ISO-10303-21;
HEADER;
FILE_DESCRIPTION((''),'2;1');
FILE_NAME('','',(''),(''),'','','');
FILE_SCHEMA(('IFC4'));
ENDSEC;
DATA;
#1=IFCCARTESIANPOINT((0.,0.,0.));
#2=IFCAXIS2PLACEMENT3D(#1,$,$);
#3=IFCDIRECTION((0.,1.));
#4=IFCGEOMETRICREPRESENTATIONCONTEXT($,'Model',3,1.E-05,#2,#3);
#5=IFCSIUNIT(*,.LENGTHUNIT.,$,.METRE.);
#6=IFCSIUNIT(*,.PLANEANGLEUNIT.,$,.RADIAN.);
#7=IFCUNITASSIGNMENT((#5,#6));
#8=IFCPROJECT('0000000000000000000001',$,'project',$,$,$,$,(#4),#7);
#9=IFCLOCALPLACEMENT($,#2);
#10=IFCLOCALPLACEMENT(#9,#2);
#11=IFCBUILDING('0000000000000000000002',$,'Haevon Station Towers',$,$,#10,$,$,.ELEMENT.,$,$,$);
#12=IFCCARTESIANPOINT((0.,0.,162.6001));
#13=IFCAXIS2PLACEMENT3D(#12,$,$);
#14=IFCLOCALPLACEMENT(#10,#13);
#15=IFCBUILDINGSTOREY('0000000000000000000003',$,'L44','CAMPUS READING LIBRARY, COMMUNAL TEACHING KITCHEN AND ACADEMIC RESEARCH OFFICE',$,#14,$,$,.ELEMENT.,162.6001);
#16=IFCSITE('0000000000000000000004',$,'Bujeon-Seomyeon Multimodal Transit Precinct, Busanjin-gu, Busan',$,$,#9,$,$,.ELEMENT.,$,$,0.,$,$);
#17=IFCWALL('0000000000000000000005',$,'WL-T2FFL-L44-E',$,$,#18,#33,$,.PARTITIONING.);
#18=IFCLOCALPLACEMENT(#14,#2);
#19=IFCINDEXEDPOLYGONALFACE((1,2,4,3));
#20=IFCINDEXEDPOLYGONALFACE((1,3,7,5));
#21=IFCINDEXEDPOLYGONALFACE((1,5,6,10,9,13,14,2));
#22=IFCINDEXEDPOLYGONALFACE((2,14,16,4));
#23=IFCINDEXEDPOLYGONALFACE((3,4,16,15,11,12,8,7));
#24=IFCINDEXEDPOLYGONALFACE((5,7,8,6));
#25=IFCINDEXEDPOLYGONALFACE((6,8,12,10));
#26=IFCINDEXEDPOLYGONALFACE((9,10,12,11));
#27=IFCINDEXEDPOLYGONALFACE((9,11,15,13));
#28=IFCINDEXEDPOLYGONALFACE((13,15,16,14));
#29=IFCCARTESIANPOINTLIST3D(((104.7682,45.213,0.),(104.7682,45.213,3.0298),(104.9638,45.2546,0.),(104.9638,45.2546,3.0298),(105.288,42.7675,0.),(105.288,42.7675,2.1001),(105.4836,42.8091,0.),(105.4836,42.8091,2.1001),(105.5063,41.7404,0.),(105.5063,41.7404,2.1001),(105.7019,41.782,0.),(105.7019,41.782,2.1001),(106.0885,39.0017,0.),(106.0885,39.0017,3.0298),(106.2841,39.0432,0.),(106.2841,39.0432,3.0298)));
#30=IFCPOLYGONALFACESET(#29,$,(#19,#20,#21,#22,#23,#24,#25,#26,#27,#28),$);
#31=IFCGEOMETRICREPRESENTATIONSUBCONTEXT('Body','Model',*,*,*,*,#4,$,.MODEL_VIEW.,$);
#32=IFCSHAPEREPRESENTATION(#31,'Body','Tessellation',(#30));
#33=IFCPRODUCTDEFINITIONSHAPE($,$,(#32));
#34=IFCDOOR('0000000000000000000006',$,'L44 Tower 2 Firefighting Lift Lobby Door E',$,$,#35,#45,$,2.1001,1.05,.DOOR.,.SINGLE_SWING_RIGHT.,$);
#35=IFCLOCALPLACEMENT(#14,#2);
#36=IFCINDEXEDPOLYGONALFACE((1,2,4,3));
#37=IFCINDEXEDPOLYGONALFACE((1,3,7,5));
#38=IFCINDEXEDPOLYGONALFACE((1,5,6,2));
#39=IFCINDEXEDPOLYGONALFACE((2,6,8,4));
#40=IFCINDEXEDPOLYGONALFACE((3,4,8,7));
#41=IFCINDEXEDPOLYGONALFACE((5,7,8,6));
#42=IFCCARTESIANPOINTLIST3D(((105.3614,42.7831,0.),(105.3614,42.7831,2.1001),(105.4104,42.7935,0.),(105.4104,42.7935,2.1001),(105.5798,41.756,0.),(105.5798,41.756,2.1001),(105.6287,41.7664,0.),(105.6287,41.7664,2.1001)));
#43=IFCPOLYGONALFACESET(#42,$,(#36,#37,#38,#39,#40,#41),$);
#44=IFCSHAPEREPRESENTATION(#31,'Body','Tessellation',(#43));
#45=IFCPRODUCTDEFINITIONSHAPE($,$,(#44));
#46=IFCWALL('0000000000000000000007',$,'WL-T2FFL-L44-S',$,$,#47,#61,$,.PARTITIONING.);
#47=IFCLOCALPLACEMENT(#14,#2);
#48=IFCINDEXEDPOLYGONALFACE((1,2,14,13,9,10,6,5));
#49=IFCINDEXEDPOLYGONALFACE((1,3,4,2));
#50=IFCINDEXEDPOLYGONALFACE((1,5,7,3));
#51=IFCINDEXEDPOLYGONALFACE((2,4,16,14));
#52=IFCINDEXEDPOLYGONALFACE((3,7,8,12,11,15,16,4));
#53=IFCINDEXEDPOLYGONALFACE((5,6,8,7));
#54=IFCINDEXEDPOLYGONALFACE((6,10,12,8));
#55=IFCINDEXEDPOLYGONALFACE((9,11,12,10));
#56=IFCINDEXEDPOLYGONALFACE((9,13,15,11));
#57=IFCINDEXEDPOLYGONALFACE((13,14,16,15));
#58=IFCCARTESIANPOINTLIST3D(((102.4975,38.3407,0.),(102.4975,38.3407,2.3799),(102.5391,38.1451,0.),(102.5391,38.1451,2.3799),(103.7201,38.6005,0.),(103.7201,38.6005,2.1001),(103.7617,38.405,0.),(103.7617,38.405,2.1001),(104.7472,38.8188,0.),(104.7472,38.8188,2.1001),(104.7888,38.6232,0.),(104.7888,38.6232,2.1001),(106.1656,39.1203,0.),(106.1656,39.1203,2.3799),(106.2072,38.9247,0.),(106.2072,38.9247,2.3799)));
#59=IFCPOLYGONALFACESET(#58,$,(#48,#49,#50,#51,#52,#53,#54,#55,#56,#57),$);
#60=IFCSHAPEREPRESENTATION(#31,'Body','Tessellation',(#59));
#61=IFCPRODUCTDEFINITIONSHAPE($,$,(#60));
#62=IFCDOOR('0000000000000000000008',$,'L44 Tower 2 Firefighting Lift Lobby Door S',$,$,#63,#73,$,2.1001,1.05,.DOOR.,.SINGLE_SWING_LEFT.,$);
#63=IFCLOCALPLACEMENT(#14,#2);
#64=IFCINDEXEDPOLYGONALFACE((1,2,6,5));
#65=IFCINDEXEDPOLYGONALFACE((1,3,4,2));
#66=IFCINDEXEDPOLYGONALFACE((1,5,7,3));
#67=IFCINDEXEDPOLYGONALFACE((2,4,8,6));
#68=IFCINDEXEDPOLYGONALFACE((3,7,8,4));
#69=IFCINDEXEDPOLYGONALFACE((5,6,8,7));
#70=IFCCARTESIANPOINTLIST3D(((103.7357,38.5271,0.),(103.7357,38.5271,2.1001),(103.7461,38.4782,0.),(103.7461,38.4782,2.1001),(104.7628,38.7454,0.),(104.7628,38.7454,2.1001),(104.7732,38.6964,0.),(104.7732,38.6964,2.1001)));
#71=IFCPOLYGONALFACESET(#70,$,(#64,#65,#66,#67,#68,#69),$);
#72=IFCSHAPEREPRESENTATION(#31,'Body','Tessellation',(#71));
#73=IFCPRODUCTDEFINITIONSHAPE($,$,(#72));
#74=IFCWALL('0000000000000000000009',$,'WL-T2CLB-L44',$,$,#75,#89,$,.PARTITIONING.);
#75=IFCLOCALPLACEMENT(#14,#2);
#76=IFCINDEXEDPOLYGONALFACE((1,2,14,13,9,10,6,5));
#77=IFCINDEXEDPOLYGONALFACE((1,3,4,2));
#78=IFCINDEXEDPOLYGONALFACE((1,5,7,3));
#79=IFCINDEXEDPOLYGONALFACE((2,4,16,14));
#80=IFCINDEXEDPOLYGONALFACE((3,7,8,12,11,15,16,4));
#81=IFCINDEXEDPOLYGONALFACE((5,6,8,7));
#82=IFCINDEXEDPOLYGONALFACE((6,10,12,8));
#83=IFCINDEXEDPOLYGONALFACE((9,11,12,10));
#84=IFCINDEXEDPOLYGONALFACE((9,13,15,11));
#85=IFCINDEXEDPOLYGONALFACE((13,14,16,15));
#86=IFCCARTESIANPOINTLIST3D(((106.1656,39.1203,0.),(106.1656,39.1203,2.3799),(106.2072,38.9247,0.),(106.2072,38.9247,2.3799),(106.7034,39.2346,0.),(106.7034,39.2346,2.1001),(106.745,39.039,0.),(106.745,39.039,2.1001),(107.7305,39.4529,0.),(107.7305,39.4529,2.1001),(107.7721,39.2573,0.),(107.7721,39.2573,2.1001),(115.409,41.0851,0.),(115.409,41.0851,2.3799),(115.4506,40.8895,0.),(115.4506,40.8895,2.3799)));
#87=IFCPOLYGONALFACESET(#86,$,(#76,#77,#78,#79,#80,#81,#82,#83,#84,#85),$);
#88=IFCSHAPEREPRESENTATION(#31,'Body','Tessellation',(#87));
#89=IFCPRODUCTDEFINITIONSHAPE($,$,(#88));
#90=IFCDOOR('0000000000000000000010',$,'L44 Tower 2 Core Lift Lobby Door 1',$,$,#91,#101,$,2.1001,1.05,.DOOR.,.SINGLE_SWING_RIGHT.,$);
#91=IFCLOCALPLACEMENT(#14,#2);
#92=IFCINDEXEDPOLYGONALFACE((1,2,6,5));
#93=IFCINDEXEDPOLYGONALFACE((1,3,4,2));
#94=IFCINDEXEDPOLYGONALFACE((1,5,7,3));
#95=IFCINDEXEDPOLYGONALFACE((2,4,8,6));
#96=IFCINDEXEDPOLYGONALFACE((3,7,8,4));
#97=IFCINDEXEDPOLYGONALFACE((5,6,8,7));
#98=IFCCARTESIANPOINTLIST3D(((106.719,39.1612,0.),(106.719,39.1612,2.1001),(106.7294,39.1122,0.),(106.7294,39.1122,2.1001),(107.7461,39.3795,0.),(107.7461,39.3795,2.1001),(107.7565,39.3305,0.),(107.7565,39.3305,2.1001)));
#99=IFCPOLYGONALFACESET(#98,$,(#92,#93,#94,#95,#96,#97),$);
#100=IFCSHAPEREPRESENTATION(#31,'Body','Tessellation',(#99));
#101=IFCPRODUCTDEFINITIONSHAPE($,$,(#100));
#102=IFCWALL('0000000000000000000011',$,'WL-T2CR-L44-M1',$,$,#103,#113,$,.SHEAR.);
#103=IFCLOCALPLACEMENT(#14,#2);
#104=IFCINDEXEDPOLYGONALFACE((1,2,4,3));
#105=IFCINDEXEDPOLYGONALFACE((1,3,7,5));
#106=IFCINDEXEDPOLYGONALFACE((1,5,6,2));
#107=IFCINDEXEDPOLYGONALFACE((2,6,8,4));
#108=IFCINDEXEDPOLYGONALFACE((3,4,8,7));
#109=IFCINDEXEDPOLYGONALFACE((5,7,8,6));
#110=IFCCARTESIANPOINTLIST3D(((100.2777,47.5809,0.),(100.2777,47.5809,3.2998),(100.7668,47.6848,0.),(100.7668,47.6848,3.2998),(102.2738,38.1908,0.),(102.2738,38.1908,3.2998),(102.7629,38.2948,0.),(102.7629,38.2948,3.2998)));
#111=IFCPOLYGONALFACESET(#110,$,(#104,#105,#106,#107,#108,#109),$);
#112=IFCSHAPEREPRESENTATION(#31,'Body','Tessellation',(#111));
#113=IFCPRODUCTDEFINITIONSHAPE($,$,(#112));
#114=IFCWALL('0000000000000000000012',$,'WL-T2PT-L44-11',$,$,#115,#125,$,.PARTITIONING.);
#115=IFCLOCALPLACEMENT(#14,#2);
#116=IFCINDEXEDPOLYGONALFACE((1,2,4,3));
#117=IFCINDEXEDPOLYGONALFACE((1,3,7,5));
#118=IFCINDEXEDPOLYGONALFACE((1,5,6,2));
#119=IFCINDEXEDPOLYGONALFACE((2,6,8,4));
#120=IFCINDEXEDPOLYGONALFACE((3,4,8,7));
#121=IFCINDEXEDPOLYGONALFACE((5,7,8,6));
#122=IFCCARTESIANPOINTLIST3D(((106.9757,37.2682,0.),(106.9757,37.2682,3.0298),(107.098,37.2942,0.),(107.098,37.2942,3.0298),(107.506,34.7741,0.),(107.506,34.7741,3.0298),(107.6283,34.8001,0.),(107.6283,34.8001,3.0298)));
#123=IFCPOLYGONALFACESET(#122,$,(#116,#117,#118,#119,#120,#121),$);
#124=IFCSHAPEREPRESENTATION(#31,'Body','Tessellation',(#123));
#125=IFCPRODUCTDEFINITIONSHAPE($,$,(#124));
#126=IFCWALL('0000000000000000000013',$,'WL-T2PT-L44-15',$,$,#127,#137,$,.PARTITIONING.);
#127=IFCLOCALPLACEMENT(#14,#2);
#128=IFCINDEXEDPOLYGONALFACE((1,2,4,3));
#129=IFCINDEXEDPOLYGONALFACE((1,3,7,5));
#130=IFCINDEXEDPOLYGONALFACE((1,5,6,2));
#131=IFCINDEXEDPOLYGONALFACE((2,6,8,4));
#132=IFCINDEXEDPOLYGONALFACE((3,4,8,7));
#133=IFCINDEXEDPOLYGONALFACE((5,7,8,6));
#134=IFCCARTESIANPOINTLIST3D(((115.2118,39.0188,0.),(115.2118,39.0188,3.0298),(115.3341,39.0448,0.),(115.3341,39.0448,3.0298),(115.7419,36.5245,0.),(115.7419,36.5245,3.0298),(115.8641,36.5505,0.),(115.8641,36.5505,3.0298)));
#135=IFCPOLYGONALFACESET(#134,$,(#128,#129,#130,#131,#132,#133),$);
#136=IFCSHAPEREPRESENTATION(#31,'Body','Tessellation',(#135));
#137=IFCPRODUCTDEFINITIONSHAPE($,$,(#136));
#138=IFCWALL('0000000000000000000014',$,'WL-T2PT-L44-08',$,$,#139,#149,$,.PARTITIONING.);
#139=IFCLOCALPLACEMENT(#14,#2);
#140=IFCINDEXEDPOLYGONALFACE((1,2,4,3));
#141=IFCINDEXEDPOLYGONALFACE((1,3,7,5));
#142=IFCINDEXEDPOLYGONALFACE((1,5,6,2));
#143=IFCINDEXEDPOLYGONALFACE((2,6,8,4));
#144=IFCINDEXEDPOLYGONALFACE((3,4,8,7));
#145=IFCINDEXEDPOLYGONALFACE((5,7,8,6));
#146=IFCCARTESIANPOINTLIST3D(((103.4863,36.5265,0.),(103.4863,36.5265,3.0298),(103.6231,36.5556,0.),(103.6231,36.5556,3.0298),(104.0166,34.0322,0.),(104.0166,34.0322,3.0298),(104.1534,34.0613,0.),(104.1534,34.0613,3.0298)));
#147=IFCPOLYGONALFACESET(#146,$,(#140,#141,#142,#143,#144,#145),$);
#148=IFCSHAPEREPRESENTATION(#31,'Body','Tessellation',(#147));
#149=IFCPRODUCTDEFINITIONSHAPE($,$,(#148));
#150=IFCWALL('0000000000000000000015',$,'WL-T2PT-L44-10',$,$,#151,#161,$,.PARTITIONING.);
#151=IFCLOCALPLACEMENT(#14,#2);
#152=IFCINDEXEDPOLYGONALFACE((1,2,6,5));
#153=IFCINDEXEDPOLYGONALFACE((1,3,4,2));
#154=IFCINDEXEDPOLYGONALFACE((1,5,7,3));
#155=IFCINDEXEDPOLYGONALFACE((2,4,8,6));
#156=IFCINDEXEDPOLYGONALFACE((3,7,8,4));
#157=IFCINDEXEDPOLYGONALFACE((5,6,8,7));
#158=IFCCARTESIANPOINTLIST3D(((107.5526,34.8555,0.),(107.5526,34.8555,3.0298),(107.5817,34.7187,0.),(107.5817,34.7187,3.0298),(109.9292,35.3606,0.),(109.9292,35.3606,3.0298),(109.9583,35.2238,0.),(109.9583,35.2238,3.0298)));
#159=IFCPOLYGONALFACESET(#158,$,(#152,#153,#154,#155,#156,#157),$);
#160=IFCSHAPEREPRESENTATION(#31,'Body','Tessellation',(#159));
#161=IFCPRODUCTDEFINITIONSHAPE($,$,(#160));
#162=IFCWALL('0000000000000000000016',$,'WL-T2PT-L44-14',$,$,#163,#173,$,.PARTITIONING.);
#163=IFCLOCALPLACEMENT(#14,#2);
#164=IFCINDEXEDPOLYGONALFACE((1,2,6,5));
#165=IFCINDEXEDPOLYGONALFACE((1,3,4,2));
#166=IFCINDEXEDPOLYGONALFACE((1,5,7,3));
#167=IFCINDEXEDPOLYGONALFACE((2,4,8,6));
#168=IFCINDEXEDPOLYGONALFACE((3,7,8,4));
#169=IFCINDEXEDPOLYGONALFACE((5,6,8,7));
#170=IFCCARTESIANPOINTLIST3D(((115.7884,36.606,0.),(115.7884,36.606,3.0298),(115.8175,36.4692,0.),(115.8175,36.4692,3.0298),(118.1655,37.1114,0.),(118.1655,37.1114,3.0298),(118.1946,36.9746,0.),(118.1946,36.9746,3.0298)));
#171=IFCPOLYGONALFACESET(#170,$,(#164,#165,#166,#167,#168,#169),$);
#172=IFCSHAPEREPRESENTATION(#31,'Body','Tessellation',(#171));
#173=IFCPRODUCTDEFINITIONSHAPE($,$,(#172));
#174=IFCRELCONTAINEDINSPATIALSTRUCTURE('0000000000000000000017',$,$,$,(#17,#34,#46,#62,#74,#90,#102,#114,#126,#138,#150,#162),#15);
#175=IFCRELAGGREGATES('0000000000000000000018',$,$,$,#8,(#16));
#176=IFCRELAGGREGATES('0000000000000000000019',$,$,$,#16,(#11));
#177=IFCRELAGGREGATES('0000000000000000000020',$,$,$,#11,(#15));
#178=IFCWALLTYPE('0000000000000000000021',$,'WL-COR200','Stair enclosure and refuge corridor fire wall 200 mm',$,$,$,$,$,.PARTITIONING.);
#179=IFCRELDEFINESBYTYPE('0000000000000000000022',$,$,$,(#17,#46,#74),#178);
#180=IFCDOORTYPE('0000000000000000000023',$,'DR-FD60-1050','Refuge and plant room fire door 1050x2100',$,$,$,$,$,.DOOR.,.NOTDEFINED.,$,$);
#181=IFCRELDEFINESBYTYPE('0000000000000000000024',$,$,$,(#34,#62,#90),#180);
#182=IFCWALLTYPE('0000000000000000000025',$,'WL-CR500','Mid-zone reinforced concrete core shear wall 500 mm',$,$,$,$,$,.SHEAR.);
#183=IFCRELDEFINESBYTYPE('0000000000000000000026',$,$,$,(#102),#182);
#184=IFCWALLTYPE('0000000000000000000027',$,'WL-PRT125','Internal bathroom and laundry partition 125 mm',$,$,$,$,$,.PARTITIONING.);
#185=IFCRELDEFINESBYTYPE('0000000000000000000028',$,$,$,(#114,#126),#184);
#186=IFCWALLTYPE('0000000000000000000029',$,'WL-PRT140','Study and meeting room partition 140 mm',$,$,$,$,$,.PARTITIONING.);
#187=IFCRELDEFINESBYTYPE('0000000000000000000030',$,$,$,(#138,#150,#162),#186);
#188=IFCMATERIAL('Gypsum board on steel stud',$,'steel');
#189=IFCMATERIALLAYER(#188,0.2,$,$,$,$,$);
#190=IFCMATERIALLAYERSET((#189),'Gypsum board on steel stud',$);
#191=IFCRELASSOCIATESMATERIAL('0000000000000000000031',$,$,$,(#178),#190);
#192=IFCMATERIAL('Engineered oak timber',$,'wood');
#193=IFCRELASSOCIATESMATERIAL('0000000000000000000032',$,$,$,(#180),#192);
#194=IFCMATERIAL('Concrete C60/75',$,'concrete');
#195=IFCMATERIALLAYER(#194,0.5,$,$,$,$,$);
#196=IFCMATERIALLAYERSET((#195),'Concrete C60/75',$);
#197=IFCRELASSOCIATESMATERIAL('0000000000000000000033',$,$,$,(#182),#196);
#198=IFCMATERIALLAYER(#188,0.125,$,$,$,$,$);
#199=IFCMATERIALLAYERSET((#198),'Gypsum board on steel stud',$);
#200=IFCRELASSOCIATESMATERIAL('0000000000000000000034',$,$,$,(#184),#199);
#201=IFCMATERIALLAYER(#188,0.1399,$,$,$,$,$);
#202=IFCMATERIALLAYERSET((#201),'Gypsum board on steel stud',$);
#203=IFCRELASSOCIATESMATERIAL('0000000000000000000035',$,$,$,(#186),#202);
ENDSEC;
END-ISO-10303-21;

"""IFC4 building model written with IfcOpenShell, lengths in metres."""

from ifc_helpers import new_model, si_unit, direction, frame, frame_2d, origin, place, context, subcontext, project, spatial, rectangle, extrude, material, layer, layer_set, type_object, element, fill, save


model = new_model("IFC4")

# Units and contexts
model_context = context("Model", 3, precision=1e-05, world=origin(), true_north=direction((0.0, 1.0)))
body_context = subcontext(model_context, "Body", "Model", "MODEL_VIEW")
ifc_project = project(units=[si_unit("LENGTHUNIT", "METRE"), si_unit("PLANEANGLEUNIT", "RADIAN")], contexts=[model_context])

# Site, building, storey
site_placement = place(None, origin())
site = spatial("IfcSite", under=ifc_project, at=site_placement, Name="Bujeon-Seomyeon Multimodal Transit Precinct, Busanjin-gu, Busan", CompositionType="ELEMENT", RefElevation=0.0)
building_placement = place(site_placement, origin())
building = spatial("IfcBuilding", under=site, at=building_placement, Name="Haevon Station Towers", CompositionType="ELEMENT")
storey_placement = place(building_placement, frame((0.0, 0.0, 162.6001)))
storey = spatial("IfcBuildingStorey", under=building, at=storey_placement, Name="L44", Description="CAMPUS READING LIBRARY, COMMUNAL TEACHING KITCHEN AND ACADEMIC RESEARCH OFFICE", CompositionType="ELEMENT", Elevation=162.6001)

# Walls, openings, doors
ifc_material_1 = material(Name="Gypsum board on steel stud", Category="steel")
ifc_layer_1 = layer(ifc_material_1, 0.2)
ifc_layer_set_1 = layer_set([ifc_layer_1], Name="Gypsum board on steel stud")
wall_type_1 = type_object("IfcWallType", Name="WL-COR200", Description="Stair enclosure and refuge corridor fire wall 200 mm", PredefinedType="PARTITIONING", material=ifc_layer_set_1)
wall_1_placement = place(storey_placement, frame((106.1863, 39.0225, 0.0), z_axis=(0.0, 0.0, 1.0), x_axis=(-0.207917, 0.978147, 0.0)))
wall_1 = element("IfcWall", 1, at=wall_1_placement, inside=storey, type_object=wall_type_1, Name="WL-T2FFL-L44-E", PredefinedType="PARTITIONING", context=body_context, shape_type="SweptSolid", body=[
    extrude(rectangle(XDim=6.3501, YDim=0.2, at=frame_2d((3.175, 0.0))), origin(), (0.0, 0.0, 1.0), 3.0298),
])
opening_1_placement = place(wall_1_placement, frame((2.8, 0.0, 0.0)))
opening_1 = element("IfcOpeningElement", 2, at=opening_1_placement, cuts=wall_1, PredefinedType="OPENING", context=body_context, shape_type="SweptSolid", body=[
    extrude(rectangle(XDim=1.05, YDim=2.1001, at=frame_2d((0.5249, 1.05))), frame((0.0, 0.1099, 0.0), z_axis=(0.0, -1.0, 0.0), x_axis=(1.0, 0.0, 0.0)), (0.0, 0.0, 1.0), 0.22),
])
ifc_material_2 = material(Name="Engineered oak timber", Category="wood")
door_type = type_object("IfcDoorType", Name="DR-FD60-1050", Description="Refuge and plant room fire door 1050x2100", OperationType="NOTDEFINED", PredefinedType="DOOR", material=ifc_material_2)
door_1_placement = place(opening_1_placement, origin())
door_1 = element("IfcDoor", 3, at=door_1_placement, inside=storey, type_object=door_type, Name="L44 Tower 2 Firefighting Lift Lobby Door E", OperationType="SINGLE_SWING_RIGHT", OverallHeight=2.1001, OverallWidth=1.05, PredefinedType="DOOR", context=body_context, shape_type="SweptSolid", body=[
    extrude(rectangle(XDim=1.05, YDim=2.1001, at=frame_2d((0.5249, 1.05))), frame((0.0, 0.0249, 0.0), z_axis=(0.0, -1.0, 0.0), x_axis=(1.0, 0.0, 0.0)), (0.0, 0.0, 1.0), 0.05),
])
fill(opening_1, door_1)
wall_2_placement = place(storey_placement, frame((102.5183, 38.2429, 0.0), z_axis=(0.0, 0.0, 1.0), x_axis=(0.978154, 0.207884, 0.0)))
wall_2 = element("IfcWall", 4, at=wall_2_placement, inside=storey, type_object=wall_type_1, Name="WL-T2FFL-L44-S", PredefinedType="PARTITIONING", context=body_context, shape_type="SweptSolid", body=[
    extrude(rectangle(XDim=3.75, YDim=0.2, at=frame_2d((1.875, 0.0))), origin(), (0.0, 0.0, 1.0), 2.3799),
])
opening_2_placement = place(wall_2_placement, frame((1.25, 0.0, 0.0)))
opening_2 = element("IfcOpeningElement", 5, at=opening_2_placement, cuts=wall_2, PredefinedType="OPENING", context=body_context, shape_type="SweptSolid", body=[
    extrude(rectangle(XDim=1.05, YDim=2.1001, at=frame_2d((0.5249, 1.05))), frame((0.0, 0.1099, 0.0), z_axis=(0.0, -1.0, 0.0), x_axis=(1.0, 0.0, 0.0)), (0.0, 0.0, 1.0), 0.22),
])
door_2_placement = place(opening_2_placement, origin())
door_2 = element("IfcDoor", 6, at=door_2_placement, inside=storey, type_object=door_type, Name="L44 Tower 2 Firefighting Lift Lobby Door S", OperationType="SINGLE_SWING_LEFT", OverallHeight=2.1001, OverallWidth=1.05, PredefinedType="DOOR", context=body_context, shape_type="SweptSolid", body=[
    extrude(rectangle(XDim=1.05, YDim=2.1001, at=frame_2d((0.5249, 1.05))), frame((0.0, 0.0249, 0.0), z_axis=(0.0, -1.0, 0.0), x_axis=(1.0, 0.0, 0.0)), (0.0, 0.0, 1.0), 0.05),
])
fill(opening_2, door_2)
wall_3_placement = place(storey_placement, frame((106.1863, 39.0225, 0.0), z_axis=(0.0, 0.0, 1.0), x_axis=(0.978146, 0.207921, 0.0)))
wall_3 = element("IfcWall", 7, at=wall_3_placement, inside=storey, type_object=wall_type_1, Name="WL-T2CLB-L44", PredefinedType="PARTITIONING", context=body_context, shape_type="SweptSolid", body=[
    extrude(rectangle(XDim=9.45, YDim=0.2, at=frame_2d((4.7251, 0.0))), origin(), (0.0, 0.0, 1.0), 2.3799),
])
opening_3_placement = place(wall_3_placement, frame((0.55, 0.0, 0.0)))
opening_3 = element("IfcOpeningElement", 8, at=opening_3_placement, cuts=wall_3, PredefinedType="OPENING", context=body_context, shape_type="SweptSolid", body=[
    extrude(rectangle(XDim=1.05, YDim=2.1001, at=frame_2d((0.5249, 1.05))), frame((0.0, 0.1099, 0.0), z_axis=(0.0, -1.0, 0.0), x_axis=(1.0, 0.0, 0.0)), (0.0, 0.0, 1.0), 0.22),
])
door_3_placement = place(opening_3_placement, origin())
door_3 = element("IfcDoor", 9, at=door_3_placement, inside=storey, type_object=door_type, Name="L44 Tower 2 Core Lift Lobby Door 1", OperationType="SINGLE_SWING_RIGHT", OverallHeight=2.1001, OverallWidth=1.05, PredefinedType="DOOR", context=body_context, shape_type="SweptSolid", body=[
    extrude(rectangle(XDim=1.05, YDim=2.1001, at=frame_2d((0.5249, 1.05))), frame((0.0, 0.0249, 0.0), z_axis=(0.0, -1.0, 0.0), x_axis=(1.0, 0.0, 0.0)), (0.0, 0.0, 1.0), 0.05),
])
fill(opening_3, door_3)

# Walls
ifc_material_3 = material(Name="Concrete C60/75", Category="concrete")
ifc_layer_2 = layer(ifc_material_3, 0.5)
ifc_layer_set_2 = layer_set([ifc_layer_2], Name="Concrete C60/75")
wall_type_2 = type_object("IfcWallType", Name="WL-CR500", Description="Mid-zone reinforced concrete core shear wall 500 mm", PredefinedType="SHEAR", material=ifc_layer_set_2)
wall_4_placement = place(storey_placement, frame((102.5183, 38.2429, 0.0), z_axis=(0.0, 0.0, 1.0), x_axis=(-0.207927, 0.978144, 0.0)))
element("IfcWall", 10, at=wall_4_placement, inside=storey, type_object=wall_type_2, Name="WL-T2CR-L44-M1", PredefinedType="SHEAR", context=body_context, shape_type="SweptSolid", body=[
    extrude(rectangle(XDim=9.5999, YDim=0.5, at=frame_2d((4.7998, 0.0))), origin(), (0.0, 0.0, 1.0), 3.2998),
])
ifc_layer_3 = layer(ifc_material_1, 0.125)
ifc_layer_set_3 = layer_set([ifc_layer_3], Name="Gypsum board on steel stud")
wall_type_3 = type_object("IfcWallType", Name="WL-PRT125", Description="Internal bathroom and laundry partition 125 mm", PredefinedType="PARTITIONING", material=ifc_layer_set_3)
wall_5_placement = place(storey_placement, frame((107.5671, 34.7871, 0.0), z_axis=(0.0, 0.0, 1.0), x_axis=(-0.20796, 0.978137, 0.0)))
element("IfcWall", 11, at=wall_5_placement, inside=storey, type_object=wall_type_3, Name="WL-T2PT-L44-11", PredefinedType="PARTITIONING", context=body_context, shape_type="SweptSolid", body=[
    extrude(rectangle(XDim=2.5498, YDim=0.125, at=frame_2d((1.2749, 0.0))), origin(), (0.0, 0.0, 1.0), 3.0298),
])
wall_6_placement = place(storey_placement, frame((115.803, 36.5376, 0.0), z_axis=(0.0, 0.0, 1.0), x_axis=(-0.207848, 0.978161, 0.0)))
element("IfcWall", 12, at=wall_6_placement, inside=storey, type_object=wall_type_3, Name="WL-T2PT-L44-15", PredefinedType="PARTITIONING", context=body_context, shape_type="SweptSolid", body=[
    extrude(rectangle(XDim=2.55, YDim=0.125, at=frame_2d((1.2749, 0.0))), origin(), (0.0, 0.0, 1.0), 3.0298),
])
ifc_layer_4 = layer(ifc_material_1, 0.1399)
ifc_layer_set_4 = layer_set([ifc_layer_4], Name="Gypsum board on steel stud")
wall_type_4 = type_object("IfcWallType", Name="WL-PRT140", Description="Study and meeting room partition 140 mm", PredefinedType="PARTITIONING", material=ifc_layer_set_4)
wall_7_placement = place(storey_placement, frame((104.085, 34.0469, 0.0), z_axis=(0.0, 0.0, 1.0), x_axis=(-0.20794, 0.978142, 0.0)))
element("IfcWall", 13, at=wall_7_placement, inside=storey, type_object=wall_type_4, Name="WL-T2PT-L44-08", PredefinedType="PARTITIONING", context=body_context, shape_type="SweptSolid", body=[
    extrude(rectangle(XDim=2.55, YDim=0.1399, at=frame_2d((1.2749, 0.0))), origin(), (0.0, 0.0, 1.0), 3.0298),
])
wall_8_placement = place(storey_placement, frame((107.5671, 34.7871, 0.0), z_axis=(0.0, 0.0, 1.0), x_axis=(0.978152, 0.207889, 0.0)))
element("IfcWall", 14, at=wall_8_placement, inside=storey, type_object=wall_type_4, Name="WL-T2PT-L44-10", PredefinedType="PARTITIONING", context=body_context, shape_type="SweptSolid", body=[
    extrude(rectangle(XDim=2.4297, YDim=0.1399, at=frame_2d((1.2148, 0.0))), origin(), (0.0, 0.0, 1.0), 3.0298),
])
wall_9_placement = place(storey_placement, frame((115.803, 36.5376, 0.0), z_axis=(0.0, 0.0, 1.0), x_axis=(0.978136, 0.207964, 0.0)))
element("IfcWall", 15, at=wall_9_placement, inside=storey, type_object=wall_type_4, Name="WL-T2PT-L44-14", PredefinedType="PARTITIONING", context=body_context, shape_type="SweptSolid", body=[
    extrude(rectangle(XDim=2.4302, YDim=0.1399, at=frame_2d((1.2151, 0.0))), origin(), (0.0, 0.0, 1.0), 3.0298),
])

save(model, "model.ifc")
